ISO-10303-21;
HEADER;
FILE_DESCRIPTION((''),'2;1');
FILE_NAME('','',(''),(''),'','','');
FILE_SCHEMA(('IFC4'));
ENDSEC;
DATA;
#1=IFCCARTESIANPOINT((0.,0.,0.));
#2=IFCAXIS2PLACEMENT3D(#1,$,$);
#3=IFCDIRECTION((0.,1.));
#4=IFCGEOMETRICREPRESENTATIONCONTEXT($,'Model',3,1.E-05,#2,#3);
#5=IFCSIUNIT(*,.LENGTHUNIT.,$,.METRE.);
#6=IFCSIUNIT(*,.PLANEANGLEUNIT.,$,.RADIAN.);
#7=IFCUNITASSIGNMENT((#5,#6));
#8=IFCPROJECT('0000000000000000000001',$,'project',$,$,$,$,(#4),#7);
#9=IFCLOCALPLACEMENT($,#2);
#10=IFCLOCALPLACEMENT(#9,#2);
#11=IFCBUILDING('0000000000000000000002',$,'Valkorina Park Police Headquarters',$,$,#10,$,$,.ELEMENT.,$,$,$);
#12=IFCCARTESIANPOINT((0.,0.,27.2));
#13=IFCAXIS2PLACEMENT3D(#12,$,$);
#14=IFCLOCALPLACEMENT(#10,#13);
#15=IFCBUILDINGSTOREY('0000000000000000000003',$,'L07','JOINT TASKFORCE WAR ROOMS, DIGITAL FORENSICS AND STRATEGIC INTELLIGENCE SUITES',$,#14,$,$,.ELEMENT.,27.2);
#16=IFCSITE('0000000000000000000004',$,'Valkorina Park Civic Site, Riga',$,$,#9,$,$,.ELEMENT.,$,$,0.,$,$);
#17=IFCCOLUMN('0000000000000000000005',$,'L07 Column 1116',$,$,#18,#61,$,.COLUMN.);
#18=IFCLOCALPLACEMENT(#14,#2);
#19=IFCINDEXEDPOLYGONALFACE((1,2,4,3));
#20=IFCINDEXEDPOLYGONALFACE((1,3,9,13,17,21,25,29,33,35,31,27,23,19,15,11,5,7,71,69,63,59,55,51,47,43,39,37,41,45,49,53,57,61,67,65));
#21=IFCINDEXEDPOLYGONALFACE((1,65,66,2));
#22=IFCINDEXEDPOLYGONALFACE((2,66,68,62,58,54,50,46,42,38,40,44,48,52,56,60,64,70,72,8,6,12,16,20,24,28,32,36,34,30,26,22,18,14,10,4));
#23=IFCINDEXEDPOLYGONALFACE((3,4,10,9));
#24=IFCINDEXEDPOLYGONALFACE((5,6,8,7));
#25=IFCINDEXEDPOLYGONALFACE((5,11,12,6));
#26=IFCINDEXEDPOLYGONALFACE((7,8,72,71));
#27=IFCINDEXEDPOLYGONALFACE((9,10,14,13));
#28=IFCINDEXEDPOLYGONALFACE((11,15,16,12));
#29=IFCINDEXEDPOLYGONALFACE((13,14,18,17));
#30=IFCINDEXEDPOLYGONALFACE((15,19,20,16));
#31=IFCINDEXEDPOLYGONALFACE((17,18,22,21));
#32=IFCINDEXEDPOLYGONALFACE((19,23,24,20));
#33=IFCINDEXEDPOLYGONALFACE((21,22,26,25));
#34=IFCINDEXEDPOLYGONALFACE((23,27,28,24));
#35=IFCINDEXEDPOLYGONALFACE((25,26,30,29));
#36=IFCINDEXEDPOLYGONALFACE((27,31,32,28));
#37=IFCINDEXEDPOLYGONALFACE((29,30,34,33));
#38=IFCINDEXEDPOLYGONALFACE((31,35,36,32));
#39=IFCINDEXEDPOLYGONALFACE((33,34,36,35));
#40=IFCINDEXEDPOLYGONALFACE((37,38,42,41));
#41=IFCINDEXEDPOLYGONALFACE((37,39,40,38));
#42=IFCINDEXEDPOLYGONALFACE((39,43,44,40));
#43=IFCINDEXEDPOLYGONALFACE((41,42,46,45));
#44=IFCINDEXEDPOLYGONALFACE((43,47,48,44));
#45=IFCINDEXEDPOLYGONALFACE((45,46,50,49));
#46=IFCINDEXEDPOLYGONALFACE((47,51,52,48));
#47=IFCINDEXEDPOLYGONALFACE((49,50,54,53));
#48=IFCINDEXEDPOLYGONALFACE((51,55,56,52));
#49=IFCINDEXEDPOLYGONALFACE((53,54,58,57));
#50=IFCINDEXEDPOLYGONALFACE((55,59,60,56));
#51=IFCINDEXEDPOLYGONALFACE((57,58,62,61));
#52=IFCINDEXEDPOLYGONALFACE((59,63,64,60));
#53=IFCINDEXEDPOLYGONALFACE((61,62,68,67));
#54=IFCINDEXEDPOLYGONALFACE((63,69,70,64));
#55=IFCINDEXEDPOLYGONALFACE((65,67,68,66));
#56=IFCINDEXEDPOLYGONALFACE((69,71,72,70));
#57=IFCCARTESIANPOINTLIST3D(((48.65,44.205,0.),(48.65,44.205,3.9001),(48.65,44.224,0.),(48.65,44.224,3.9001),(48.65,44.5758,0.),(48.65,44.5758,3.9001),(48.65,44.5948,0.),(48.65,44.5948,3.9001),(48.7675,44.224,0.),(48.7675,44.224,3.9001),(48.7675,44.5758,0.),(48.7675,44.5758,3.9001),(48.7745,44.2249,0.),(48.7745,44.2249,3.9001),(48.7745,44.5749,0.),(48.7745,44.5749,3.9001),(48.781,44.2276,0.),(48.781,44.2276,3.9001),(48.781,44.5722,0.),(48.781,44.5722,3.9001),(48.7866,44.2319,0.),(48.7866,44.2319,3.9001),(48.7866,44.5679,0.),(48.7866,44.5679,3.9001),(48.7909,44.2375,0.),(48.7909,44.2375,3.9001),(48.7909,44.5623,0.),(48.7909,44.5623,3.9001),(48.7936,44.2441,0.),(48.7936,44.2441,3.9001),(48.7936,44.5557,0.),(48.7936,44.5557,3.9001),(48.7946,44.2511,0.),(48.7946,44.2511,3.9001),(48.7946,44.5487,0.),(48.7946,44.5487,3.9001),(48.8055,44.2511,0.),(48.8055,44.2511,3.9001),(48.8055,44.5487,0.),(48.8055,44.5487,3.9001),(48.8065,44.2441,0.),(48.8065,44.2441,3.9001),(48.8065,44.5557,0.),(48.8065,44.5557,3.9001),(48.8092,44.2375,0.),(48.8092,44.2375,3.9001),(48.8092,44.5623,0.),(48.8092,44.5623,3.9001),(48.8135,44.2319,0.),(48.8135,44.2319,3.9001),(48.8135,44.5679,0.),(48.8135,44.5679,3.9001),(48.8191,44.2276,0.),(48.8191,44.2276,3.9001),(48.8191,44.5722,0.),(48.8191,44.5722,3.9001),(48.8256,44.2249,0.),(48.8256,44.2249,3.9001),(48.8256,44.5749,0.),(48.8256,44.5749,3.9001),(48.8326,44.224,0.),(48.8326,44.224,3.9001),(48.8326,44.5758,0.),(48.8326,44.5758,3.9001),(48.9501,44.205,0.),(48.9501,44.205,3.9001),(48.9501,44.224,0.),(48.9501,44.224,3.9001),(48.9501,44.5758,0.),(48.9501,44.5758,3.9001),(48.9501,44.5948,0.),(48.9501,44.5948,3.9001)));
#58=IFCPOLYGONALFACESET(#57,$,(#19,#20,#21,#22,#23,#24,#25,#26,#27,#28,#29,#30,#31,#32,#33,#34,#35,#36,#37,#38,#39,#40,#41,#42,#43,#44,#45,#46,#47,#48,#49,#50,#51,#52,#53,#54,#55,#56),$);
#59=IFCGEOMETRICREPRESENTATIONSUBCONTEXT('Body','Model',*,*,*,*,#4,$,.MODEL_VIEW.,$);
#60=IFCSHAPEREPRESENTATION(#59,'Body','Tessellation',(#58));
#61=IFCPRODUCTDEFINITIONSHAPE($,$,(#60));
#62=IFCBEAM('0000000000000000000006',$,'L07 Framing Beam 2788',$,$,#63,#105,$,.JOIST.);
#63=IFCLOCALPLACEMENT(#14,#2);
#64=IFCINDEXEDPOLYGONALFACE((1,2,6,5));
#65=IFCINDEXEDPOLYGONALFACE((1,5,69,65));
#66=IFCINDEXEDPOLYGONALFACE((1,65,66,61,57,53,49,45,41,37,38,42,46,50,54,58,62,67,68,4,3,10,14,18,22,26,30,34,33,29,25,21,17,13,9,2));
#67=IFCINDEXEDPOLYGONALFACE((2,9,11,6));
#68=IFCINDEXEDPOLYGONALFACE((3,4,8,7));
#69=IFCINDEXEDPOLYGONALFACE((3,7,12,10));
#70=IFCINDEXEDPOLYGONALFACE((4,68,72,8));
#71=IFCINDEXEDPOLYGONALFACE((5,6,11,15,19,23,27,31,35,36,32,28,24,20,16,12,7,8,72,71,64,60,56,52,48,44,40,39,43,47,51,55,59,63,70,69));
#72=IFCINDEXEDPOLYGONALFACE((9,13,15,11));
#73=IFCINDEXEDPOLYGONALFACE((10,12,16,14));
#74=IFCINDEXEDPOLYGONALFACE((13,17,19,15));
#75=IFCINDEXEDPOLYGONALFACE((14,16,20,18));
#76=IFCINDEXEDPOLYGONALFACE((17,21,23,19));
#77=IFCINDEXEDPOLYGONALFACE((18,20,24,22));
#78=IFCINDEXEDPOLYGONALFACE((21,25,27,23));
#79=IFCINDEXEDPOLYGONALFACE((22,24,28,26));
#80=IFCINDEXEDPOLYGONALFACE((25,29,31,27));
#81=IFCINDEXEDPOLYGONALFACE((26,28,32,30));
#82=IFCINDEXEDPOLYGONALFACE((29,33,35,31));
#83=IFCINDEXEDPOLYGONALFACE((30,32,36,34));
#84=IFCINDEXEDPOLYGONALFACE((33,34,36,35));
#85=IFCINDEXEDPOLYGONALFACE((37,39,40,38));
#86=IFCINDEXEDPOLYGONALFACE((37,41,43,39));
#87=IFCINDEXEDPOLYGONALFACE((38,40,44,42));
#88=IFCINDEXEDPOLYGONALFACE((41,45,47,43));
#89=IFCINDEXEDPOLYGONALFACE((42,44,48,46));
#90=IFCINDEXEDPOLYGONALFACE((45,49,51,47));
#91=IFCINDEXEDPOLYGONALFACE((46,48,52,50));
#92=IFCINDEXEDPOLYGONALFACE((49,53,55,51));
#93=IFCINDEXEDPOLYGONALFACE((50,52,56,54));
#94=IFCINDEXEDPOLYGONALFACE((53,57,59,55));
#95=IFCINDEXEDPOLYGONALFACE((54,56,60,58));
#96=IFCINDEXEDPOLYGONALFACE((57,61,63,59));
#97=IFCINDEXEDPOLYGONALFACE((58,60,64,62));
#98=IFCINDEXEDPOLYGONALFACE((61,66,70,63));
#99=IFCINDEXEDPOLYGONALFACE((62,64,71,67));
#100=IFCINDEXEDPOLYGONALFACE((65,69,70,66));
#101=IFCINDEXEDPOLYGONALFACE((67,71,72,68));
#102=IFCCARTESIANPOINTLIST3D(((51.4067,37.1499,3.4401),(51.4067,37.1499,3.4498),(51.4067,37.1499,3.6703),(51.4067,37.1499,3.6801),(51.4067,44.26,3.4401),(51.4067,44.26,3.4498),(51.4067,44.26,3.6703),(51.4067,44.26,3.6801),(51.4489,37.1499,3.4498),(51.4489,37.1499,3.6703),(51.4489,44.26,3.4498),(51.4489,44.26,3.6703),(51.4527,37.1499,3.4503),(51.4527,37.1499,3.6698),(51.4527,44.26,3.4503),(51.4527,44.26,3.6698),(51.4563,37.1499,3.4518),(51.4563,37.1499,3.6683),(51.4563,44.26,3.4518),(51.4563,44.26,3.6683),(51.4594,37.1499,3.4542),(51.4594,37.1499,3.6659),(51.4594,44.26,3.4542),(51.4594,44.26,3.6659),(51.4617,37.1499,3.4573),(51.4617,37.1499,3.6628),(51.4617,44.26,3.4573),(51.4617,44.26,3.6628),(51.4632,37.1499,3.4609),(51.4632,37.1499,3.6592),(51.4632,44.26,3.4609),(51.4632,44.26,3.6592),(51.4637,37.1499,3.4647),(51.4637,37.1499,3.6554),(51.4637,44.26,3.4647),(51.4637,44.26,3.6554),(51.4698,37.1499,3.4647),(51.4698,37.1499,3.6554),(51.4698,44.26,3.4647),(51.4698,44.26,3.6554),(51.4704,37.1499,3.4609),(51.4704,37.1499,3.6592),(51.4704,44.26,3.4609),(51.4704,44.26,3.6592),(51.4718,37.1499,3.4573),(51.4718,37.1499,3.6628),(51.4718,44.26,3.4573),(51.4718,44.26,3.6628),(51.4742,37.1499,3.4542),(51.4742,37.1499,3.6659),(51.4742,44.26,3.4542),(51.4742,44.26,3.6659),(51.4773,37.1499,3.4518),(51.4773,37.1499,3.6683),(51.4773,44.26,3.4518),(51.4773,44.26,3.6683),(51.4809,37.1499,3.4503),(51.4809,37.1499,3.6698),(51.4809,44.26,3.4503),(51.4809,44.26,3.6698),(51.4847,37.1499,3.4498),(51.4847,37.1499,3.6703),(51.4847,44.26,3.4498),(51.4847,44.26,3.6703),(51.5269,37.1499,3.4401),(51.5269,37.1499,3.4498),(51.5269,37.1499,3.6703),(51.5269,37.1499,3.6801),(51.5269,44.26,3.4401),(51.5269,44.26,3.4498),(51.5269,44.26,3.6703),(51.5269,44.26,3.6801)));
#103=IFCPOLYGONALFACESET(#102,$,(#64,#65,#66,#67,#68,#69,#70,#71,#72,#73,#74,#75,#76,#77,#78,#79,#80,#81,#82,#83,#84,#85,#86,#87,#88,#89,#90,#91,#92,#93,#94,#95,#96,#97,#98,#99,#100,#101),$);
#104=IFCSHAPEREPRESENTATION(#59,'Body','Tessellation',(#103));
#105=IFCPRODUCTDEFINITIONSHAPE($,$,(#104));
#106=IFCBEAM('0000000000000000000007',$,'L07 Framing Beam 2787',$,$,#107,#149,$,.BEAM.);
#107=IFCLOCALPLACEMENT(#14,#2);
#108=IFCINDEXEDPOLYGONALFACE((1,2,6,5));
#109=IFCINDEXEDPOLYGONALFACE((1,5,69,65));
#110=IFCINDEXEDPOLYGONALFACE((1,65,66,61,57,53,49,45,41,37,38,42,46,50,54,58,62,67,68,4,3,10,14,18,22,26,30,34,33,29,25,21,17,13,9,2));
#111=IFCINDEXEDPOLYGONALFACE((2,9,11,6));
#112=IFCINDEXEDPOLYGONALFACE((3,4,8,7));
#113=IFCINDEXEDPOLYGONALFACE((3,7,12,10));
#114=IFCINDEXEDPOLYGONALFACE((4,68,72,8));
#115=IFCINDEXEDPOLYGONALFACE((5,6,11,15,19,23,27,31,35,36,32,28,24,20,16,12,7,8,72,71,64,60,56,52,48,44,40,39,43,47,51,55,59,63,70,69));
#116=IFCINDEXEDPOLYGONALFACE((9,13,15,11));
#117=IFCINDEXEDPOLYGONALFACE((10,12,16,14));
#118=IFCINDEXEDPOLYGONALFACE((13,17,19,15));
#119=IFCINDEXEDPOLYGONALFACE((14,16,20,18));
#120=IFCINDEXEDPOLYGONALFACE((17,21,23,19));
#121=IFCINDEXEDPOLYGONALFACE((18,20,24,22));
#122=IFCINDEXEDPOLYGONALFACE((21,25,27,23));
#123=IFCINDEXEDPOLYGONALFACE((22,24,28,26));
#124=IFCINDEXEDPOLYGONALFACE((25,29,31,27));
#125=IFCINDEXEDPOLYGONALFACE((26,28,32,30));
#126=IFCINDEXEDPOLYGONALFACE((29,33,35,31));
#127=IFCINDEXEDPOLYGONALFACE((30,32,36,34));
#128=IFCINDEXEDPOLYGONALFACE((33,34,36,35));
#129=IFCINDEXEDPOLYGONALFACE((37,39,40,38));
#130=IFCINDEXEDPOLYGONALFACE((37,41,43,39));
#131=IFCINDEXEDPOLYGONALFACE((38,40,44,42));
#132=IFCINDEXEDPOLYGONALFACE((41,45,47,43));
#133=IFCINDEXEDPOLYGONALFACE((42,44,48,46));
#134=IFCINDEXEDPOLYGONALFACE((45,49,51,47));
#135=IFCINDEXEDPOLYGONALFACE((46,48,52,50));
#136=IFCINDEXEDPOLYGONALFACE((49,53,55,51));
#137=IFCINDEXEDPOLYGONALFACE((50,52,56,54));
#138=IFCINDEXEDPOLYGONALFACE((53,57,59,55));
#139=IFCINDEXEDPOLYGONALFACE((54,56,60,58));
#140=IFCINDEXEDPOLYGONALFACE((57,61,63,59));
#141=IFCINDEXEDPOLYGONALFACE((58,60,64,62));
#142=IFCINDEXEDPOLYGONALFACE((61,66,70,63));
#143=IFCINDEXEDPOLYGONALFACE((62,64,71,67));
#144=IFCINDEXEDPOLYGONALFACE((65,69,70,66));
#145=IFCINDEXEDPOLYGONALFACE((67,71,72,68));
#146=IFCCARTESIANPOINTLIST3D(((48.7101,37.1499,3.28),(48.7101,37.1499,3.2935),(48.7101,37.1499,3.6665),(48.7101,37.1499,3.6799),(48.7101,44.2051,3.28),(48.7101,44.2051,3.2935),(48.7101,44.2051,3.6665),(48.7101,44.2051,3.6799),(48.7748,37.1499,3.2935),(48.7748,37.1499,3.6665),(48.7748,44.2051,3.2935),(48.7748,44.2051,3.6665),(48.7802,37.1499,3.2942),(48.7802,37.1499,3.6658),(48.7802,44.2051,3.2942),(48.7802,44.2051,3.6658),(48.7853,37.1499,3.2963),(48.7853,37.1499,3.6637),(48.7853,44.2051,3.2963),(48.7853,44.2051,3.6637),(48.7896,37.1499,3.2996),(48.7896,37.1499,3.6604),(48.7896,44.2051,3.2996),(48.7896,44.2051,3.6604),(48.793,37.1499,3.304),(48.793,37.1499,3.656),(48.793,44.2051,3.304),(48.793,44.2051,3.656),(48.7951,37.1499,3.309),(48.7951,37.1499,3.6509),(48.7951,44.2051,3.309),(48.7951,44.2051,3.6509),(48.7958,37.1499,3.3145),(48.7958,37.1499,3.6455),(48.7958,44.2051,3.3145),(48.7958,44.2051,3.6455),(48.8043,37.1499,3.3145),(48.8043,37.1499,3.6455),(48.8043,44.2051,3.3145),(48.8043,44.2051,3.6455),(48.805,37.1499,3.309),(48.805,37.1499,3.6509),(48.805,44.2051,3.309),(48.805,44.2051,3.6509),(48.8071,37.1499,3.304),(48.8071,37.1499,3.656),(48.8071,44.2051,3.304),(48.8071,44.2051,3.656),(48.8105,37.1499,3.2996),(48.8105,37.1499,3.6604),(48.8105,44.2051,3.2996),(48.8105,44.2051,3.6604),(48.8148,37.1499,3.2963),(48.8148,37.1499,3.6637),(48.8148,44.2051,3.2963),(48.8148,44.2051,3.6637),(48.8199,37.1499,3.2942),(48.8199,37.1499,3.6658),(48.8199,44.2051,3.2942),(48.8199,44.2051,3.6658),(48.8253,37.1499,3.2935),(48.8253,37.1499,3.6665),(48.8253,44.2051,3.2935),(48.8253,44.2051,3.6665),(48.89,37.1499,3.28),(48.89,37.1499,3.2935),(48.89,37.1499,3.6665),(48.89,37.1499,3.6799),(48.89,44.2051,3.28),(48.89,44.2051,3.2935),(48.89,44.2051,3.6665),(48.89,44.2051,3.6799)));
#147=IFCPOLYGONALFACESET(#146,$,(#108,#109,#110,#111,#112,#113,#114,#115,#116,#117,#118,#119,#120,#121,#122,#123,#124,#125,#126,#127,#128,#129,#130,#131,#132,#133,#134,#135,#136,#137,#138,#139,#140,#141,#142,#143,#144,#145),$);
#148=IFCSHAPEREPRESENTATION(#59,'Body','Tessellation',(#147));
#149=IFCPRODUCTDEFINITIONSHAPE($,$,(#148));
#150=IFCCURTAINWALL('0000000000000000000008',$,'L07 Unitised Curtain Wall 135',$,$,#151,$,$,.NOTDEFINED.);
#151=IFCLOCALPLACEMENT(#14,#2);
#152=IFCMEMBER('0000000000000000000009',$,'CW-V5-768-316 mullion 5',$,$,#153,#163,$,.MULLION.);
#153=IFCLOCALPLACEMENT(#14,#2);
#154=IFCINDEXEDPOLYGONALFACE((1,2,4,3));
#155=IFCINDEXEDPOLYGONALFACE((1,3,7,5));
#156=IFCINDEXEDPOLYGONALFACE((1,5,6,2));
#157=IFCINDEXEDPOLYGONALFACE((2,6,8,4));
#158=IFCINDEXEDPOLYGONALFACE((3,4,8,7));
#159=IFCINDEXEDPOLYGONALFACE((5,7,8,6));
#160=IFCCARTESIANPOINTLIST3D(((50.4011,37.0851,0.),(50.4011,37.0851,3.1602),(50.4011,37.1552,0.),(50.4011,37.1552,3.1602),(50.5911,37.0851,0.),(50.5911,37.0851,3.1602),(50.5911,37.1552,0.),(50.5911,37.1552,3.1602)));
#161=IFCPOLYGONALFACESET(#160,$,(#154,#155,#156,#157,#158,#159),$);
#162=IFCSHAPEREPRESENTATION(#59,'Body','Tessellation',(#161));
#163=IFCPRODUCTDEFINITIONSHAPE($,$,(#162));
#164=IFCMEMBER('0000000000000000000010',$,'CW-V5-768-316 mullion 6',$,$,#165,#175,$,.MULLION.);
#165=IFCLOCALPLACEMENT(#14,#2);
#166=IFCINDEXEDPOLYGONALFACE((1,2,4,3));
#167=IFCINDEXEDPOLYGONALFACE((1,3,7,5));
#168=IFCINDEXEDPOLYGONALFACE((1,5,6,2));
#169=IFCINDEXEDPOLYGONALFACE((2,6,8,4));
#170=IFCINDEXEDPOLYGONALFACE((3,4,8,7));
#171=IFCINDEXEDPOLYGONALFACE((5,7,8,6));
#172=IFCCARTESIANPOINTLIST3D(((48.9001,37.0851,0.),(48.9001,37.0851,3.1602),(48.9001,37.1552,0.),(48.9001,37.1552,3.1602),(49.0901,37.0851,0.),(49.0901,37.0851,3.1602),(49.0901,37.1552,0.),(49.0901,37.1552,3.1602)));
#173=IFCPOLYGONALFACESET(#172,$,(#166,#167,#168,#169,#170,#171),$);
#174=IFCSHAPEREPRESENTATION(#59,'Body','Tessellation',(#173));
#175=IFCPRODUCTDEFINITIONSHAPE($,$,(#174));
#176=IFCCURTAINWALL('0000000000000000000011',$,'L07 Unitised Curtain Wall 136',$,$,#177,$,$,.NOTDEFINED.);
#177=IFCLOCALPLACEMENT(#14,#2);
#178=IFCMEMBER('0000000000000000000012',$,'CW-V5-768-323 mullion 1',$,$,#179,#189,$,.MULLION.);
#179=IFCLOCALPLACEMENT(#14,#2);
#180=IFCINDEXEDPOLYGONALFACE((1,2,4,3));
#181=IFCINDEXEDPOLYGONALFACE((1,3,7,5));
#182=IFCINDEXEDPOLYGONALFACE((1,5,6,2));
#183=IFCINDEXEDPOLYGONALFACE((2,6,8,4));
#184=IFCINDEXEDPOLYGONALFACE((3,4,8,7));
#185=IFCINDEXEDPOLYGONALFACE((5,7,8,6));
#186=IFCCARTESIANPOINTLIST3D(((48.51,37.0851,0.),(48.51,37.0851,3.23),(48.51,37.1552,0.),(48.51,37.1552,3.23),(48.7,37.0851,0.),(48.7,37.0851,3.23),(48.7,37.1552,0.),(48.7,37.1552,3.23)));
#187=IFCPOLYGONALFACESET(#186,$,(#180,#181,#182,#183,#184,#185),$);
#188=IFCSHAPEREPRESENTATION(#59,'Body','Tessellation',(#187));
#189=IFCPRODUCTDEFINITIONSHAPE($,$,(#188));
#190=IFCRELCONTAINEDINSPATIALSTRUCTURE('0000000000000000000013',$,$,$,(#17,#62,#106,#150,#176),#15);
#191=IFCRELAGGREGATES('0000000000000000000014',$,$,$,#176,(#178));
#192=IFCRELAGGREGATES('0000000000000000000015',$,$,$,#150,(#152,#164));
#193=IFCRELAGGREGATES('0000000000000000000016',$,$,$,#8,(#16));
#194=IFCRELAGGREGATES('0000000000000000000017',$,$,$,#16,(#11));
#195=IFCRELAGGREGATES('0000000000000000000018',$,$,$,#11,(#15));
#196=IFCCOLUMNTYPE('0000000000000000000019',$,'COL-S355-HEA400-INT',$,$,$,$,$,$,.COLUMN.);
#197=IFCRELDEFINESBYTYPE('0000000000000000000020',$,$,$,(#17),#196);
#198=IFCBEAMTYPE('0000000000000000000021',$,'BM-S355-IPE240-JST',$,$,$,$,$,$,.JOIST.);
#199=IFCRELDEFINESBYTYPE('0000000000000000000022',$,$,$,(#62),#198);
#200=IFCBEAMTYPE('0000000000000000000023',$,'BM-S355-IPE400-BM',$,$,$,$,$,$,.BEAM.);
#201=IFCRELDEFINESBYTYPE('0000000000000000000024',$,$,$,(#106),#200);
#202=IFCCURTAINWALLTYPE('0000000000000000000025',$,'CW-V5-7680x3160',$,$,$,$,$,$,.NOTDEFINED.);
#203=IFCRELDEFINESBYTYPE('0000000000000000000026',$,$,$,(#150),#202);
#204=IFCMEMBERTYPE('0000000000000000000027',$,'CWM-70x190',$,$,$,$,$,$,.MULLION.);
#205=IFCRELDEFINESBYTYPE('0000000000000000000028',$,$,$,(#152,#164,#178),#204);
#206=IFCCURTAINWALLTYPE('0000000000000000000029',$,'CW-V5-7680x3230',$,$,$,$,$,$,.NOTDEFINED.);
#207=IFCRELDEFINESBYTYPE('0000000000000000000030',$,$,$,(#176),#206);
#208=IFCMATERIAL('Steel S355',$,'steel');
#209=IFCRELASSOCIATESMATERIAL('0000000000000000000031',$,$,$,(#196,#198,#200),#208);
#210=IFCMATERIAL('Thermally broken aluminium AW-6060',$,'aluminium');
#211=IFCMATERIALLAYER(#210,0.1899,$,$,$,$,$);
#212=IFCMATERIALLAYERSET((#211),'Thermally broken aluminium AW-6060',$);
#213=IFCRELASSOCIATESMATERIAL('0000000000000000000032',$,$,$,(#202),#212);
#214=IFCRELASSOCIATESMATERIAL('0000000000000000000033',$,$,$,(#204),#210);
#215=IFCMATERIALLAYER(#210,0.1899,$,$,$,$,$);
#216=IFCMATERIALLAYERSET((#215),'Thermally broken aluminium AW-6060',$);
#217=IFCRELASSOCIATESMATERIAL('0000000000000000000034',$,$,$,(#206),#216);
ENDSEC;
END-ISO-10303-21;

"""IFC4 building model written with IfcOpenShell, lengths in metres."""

from ifc_helpers import new_model, si_unit, direction, frame, origin, origin_2d, place, context, subcontext, project, spatial, rectangle, i_section, extrude, material, layer, layer_set, material_profile, profile_set, type_object, element, aggregate, save


model = new_model("IFC4")

# Units and contexts
model_context = context("Model", 3, precision=1e-05, world=origin(), true_north=direction((0.0, 1.0)))
body_context = subcontext(model_context, "Body", "Model", "MODEL_VIEW")
ifc_project = project(units=[si_unit("LENGTHUNIT", "METRE"), si_unit("PLANEANGLEUNIT", "RADIAN")], contexts=[model_context])

# Site, building, storey
site_placement = place(None, origin())
site = spatial("IfcSite", under=ifc_project, at=site_placement, Name="Valkorina Park Civic Site, Riga", CompositionType="ELEMENT", RefElevation=0.0)
building_placement = place(site_placement, origin())
building = spatial("IfcBuilding", under=site, at=building_placement, Name="Valkorina Park Police Headquarters", CompositionType="ELEMENT")
storey_placement = place(building_placement, frame((0.0, 0.0, 27.2)))
storey = spatial("IfcBuildingStorey", under=building, at=storey_placement, Name="L07", Description="JOINT TASKFORCE WAR ROOMS, DIGITAL FORENSICS AND STRATEGIC INTELLIGENCE SUITES", CompositionType="ELEMENT", Elevation=27.2)

# Column
ifc_material_1 = material(Name="Steel S355", Category="steel")
ifc_material_profile_1 = material_profile(ifc_material_1, i_section(OverallWidth=0.3, OverallDepth=0.3899, WebThickness=0.011, FlangeThickness=0.019, FilletRadius=0.0271, at=origin_2d()), Name="HEA 400")
ifc_profile_set_1 = profile_set([ifc_material_profile_1], Name="Steel S355")
column_type = type_object("IfcColumnType", Name="COL-S355-HEA400-INT", PredefinedType="COLUMN", material=ifc_profile_set_1)
column_placement = place(storey_placement, frame((48.8, 44.3999, 0.0), z_axis=(0.0, 0.0, 1.0), x_axis=(1.0, 0.0, 0.0)))
element("IfcColumn", 1, at=column_placement, inside=storey, type_object=column_type, Name="L07 Column 1116", PredefinedType="COLUMN", context=body_context, shape_type="SweptSolid", body=[
    extrude(i_section(OverallWidth=0.3, OverallDepth=0.3899, WebThickness=0.011, FlangeThickness=0.019, FilletRadius=0.0271, at=origin_2d()), origin(), (0.0, 0.0, 1.0), 3.9001),
])

# Beams
ifc_material_profile_2 = material_profile(ifc_material_1, i_section(OverallWidth=0.1201, OverallDepth=0.24, WebThickness=0.0061, FlangeThickness=0.0098, FilletRadius=0.0149, at=origin_2d()), Name="IPE 240")
ifc_profile_set_2 = profile_set([ifc_material_profile_2], Name="Steel S355")
beam_type_1 = type_object("IfcBeamType", Name="BM-S355-IPE240-JST", PredefinedType="JOIST", material=ifc_profile_set_2)
beam_1_placement = place(storey_placement, frame((51.4668, 37.1499, 3.5601), z_axis=(0.0, 1.0, 0.0), x_axis=(-1.0, 0.0, 0.0)))
element("IfcBeam", 2, at=beam_1_placement, inside=storey, type_object=beam_type_1, Name="L07 Framing Beam 2788", PredefinedType="JOIST", context=body_context, shape_type="SweptSolid", body=[
    extrude(i_section(OverallWidth=0.1201, OverallDepth=0.24, WebThickness=0.0061, FlangeThickness=0.0098, FilletRadius=0.0149, at=origin_2d()), origin(), (0.0, 0.0, 1.0), 7.1101),
])
ifc_material_profile_3 = material_profile(ifc_material_1, i_section(OverallWidth=0.1799, OverallDepth=0.3999, WebThickness=0.0085, FlangeThickness=0.0134, FilletRadius=0.021, at=origin_2d()), Name="IPE 400")
ifc_profile_set_3 = profile_set([ifc_material_profile_3], Name="Steel S355")
beam_type_2 = type_object("IfcBeamType", Name="BM-S355-IPE400-BM", PredefinedType="BEAM", material=ifc_profile_set_3)
beam_2_placement = place(storey_placement, frame((48.8, 37.1499, 3.48), z_axis=(0.0, 1.0, 0.0), x_axis=(-1.0, 0.0, 0.0)))
element("IfcBeam", 3, at=beam_2_placement, inside=storey, type_object=beam_type_2, Name="L07 Framing Beam 2787", PredefinedType="BEAM", context=body_context, shape_type="SweptSolid", body=[
    extrude(i_section(OverallWidth=0.1799, OverallDepth=0.3999, WebThickness=0.0085, FlangeThickness=0.0134, FilletRadius=0.021, at=origin_2d()), origin(), (0.0, 0.0, 1.0), 7.0552),
])

# Curtain wall, members
ifc_material_2 = material(Name="Thermally broken aluminium AW-6060", Category="aluminium")
ifc_layer_1 = layer(ifc_material_2, 0.1899)
ifc_layer_set_1 = layer_set([ifc_layer_1], Name="Thermally broken aluminium AW-6060")
curtain_wall_type_1 = type_object("IfcCurtainWallType", Name="CW-V5-7680x3160", PredefinedType="NOTDEFINED", material=ifc_layer_set_1)
curtain_wall_1_placement = place(storey_placement, origin())
curtain_wall_1 = element("IfcCurtainWall", 4, at=curtain_wall_1_placement, inside=storey, type_object=curtain_wall_type_1, Name="L07 Unitised Curtain Wall 135", PredefinedType="NOTDEFINED")
ifc_material_profile_4 = material_profile(ifc_material_2, rectangle(XDim=0.0701, YDim=0.1899, at=origin_2d()), Name="CWM-02 70x190")
ifc_profile_set_4 = profile_set([ifc_material_profile_4], Name="Thermally broken aluminium AW-6060")
member_type_1 = type_object("IfcMemberType", Name="CWM-70x190", PredefinedType="MULLION", material=ifc_profile_set_4)
member_1_placement = place(storey_placement, frame((50.4961, 37.1201, 0.0), z_axis=(0.0, 0.0, 1.0), x_axis=(0.0, -1.0, 0.0)))
member_1 = element("IfcMember", 5, at=member_1_placement, type_object=member_type_1, Name="CW-V5-768-316 mullion 5", PredefinedType="MULLION", context=body_context, shape_type="SweptSolid", body=[
    extrude(rectangle(XDim=0.0701, YDim=0.1899, at=origin_2d()), origin(), (0.0, 0.0, 1.0), 3.1602),
])
member_2_placement = place(storey_placement, frame((48.9951, 37.1201, 0.0), z_axis=(0.0, 0.0, 1.0), x_axis=(0.0, -1.0, 0.0)))
member_2 = element("IfcMember", 6, at=member_2_placement, type_object=member_type_1, Name="CW-V5-768-316 mullion 6", PredefinedType="MULLION", context=body_context, shape_type="SweptSolid", body=[
    extrude(rectangle(XDim=0.0701, YDim=0.1899, at=origin_2d()), origin(), (0.0, 0.0, 1.0), 3.1602),
])

# Curtain wall, member
ifc_layer_2 = layer(ifc_material_2, 0.1899)
ifc_layer_set_2 = layer_set([ifc_layer_2], Name="Thermally broken aluminium AW-6060")
curtain_wall_type_2 = type_object("IfcCurtainWallType", Name="CW-V5-7680x3230", PredefinedType="NOTDEFINED", material=ifc_layer_set_2)
curtain_wall_2_placement = place(storey_placement, origin())
curtain_wall_2 = element("IfcCurtainWall", 7, at=curtain_wall_2_placement, inside=storey, type_object=curtain_wall_type_2, Name="L07 Unitised Curtain Wall 136", PredefinedType="NOTDEFINED")
member_3_placement = place(storey_placement, frame((48.605, 37.1201, 0.0), z_axis=(0.0, 0.0, 1.0), x_axis=(0.0, -1.0, 0.0)))
member_3 = element("IfcMember", 8, at=member_3_placement, type_object=member_type_1, Name="CW-V5-768-323 mullion 1", PredefinedType="MULLION", context=body_context, shape_type="SweptSolid", body=[
    extrude(rectangle(XDim=0.0701, YDim=0.1899, at=origin_2d()), origin(), (0.0, 0.0, 1.0), 3.23),
])

aggregate(curtain_wall_2, [member_3])

aggregate(curtain_wall_1, [member_1, member_2])

save(model, "model.ifc")
